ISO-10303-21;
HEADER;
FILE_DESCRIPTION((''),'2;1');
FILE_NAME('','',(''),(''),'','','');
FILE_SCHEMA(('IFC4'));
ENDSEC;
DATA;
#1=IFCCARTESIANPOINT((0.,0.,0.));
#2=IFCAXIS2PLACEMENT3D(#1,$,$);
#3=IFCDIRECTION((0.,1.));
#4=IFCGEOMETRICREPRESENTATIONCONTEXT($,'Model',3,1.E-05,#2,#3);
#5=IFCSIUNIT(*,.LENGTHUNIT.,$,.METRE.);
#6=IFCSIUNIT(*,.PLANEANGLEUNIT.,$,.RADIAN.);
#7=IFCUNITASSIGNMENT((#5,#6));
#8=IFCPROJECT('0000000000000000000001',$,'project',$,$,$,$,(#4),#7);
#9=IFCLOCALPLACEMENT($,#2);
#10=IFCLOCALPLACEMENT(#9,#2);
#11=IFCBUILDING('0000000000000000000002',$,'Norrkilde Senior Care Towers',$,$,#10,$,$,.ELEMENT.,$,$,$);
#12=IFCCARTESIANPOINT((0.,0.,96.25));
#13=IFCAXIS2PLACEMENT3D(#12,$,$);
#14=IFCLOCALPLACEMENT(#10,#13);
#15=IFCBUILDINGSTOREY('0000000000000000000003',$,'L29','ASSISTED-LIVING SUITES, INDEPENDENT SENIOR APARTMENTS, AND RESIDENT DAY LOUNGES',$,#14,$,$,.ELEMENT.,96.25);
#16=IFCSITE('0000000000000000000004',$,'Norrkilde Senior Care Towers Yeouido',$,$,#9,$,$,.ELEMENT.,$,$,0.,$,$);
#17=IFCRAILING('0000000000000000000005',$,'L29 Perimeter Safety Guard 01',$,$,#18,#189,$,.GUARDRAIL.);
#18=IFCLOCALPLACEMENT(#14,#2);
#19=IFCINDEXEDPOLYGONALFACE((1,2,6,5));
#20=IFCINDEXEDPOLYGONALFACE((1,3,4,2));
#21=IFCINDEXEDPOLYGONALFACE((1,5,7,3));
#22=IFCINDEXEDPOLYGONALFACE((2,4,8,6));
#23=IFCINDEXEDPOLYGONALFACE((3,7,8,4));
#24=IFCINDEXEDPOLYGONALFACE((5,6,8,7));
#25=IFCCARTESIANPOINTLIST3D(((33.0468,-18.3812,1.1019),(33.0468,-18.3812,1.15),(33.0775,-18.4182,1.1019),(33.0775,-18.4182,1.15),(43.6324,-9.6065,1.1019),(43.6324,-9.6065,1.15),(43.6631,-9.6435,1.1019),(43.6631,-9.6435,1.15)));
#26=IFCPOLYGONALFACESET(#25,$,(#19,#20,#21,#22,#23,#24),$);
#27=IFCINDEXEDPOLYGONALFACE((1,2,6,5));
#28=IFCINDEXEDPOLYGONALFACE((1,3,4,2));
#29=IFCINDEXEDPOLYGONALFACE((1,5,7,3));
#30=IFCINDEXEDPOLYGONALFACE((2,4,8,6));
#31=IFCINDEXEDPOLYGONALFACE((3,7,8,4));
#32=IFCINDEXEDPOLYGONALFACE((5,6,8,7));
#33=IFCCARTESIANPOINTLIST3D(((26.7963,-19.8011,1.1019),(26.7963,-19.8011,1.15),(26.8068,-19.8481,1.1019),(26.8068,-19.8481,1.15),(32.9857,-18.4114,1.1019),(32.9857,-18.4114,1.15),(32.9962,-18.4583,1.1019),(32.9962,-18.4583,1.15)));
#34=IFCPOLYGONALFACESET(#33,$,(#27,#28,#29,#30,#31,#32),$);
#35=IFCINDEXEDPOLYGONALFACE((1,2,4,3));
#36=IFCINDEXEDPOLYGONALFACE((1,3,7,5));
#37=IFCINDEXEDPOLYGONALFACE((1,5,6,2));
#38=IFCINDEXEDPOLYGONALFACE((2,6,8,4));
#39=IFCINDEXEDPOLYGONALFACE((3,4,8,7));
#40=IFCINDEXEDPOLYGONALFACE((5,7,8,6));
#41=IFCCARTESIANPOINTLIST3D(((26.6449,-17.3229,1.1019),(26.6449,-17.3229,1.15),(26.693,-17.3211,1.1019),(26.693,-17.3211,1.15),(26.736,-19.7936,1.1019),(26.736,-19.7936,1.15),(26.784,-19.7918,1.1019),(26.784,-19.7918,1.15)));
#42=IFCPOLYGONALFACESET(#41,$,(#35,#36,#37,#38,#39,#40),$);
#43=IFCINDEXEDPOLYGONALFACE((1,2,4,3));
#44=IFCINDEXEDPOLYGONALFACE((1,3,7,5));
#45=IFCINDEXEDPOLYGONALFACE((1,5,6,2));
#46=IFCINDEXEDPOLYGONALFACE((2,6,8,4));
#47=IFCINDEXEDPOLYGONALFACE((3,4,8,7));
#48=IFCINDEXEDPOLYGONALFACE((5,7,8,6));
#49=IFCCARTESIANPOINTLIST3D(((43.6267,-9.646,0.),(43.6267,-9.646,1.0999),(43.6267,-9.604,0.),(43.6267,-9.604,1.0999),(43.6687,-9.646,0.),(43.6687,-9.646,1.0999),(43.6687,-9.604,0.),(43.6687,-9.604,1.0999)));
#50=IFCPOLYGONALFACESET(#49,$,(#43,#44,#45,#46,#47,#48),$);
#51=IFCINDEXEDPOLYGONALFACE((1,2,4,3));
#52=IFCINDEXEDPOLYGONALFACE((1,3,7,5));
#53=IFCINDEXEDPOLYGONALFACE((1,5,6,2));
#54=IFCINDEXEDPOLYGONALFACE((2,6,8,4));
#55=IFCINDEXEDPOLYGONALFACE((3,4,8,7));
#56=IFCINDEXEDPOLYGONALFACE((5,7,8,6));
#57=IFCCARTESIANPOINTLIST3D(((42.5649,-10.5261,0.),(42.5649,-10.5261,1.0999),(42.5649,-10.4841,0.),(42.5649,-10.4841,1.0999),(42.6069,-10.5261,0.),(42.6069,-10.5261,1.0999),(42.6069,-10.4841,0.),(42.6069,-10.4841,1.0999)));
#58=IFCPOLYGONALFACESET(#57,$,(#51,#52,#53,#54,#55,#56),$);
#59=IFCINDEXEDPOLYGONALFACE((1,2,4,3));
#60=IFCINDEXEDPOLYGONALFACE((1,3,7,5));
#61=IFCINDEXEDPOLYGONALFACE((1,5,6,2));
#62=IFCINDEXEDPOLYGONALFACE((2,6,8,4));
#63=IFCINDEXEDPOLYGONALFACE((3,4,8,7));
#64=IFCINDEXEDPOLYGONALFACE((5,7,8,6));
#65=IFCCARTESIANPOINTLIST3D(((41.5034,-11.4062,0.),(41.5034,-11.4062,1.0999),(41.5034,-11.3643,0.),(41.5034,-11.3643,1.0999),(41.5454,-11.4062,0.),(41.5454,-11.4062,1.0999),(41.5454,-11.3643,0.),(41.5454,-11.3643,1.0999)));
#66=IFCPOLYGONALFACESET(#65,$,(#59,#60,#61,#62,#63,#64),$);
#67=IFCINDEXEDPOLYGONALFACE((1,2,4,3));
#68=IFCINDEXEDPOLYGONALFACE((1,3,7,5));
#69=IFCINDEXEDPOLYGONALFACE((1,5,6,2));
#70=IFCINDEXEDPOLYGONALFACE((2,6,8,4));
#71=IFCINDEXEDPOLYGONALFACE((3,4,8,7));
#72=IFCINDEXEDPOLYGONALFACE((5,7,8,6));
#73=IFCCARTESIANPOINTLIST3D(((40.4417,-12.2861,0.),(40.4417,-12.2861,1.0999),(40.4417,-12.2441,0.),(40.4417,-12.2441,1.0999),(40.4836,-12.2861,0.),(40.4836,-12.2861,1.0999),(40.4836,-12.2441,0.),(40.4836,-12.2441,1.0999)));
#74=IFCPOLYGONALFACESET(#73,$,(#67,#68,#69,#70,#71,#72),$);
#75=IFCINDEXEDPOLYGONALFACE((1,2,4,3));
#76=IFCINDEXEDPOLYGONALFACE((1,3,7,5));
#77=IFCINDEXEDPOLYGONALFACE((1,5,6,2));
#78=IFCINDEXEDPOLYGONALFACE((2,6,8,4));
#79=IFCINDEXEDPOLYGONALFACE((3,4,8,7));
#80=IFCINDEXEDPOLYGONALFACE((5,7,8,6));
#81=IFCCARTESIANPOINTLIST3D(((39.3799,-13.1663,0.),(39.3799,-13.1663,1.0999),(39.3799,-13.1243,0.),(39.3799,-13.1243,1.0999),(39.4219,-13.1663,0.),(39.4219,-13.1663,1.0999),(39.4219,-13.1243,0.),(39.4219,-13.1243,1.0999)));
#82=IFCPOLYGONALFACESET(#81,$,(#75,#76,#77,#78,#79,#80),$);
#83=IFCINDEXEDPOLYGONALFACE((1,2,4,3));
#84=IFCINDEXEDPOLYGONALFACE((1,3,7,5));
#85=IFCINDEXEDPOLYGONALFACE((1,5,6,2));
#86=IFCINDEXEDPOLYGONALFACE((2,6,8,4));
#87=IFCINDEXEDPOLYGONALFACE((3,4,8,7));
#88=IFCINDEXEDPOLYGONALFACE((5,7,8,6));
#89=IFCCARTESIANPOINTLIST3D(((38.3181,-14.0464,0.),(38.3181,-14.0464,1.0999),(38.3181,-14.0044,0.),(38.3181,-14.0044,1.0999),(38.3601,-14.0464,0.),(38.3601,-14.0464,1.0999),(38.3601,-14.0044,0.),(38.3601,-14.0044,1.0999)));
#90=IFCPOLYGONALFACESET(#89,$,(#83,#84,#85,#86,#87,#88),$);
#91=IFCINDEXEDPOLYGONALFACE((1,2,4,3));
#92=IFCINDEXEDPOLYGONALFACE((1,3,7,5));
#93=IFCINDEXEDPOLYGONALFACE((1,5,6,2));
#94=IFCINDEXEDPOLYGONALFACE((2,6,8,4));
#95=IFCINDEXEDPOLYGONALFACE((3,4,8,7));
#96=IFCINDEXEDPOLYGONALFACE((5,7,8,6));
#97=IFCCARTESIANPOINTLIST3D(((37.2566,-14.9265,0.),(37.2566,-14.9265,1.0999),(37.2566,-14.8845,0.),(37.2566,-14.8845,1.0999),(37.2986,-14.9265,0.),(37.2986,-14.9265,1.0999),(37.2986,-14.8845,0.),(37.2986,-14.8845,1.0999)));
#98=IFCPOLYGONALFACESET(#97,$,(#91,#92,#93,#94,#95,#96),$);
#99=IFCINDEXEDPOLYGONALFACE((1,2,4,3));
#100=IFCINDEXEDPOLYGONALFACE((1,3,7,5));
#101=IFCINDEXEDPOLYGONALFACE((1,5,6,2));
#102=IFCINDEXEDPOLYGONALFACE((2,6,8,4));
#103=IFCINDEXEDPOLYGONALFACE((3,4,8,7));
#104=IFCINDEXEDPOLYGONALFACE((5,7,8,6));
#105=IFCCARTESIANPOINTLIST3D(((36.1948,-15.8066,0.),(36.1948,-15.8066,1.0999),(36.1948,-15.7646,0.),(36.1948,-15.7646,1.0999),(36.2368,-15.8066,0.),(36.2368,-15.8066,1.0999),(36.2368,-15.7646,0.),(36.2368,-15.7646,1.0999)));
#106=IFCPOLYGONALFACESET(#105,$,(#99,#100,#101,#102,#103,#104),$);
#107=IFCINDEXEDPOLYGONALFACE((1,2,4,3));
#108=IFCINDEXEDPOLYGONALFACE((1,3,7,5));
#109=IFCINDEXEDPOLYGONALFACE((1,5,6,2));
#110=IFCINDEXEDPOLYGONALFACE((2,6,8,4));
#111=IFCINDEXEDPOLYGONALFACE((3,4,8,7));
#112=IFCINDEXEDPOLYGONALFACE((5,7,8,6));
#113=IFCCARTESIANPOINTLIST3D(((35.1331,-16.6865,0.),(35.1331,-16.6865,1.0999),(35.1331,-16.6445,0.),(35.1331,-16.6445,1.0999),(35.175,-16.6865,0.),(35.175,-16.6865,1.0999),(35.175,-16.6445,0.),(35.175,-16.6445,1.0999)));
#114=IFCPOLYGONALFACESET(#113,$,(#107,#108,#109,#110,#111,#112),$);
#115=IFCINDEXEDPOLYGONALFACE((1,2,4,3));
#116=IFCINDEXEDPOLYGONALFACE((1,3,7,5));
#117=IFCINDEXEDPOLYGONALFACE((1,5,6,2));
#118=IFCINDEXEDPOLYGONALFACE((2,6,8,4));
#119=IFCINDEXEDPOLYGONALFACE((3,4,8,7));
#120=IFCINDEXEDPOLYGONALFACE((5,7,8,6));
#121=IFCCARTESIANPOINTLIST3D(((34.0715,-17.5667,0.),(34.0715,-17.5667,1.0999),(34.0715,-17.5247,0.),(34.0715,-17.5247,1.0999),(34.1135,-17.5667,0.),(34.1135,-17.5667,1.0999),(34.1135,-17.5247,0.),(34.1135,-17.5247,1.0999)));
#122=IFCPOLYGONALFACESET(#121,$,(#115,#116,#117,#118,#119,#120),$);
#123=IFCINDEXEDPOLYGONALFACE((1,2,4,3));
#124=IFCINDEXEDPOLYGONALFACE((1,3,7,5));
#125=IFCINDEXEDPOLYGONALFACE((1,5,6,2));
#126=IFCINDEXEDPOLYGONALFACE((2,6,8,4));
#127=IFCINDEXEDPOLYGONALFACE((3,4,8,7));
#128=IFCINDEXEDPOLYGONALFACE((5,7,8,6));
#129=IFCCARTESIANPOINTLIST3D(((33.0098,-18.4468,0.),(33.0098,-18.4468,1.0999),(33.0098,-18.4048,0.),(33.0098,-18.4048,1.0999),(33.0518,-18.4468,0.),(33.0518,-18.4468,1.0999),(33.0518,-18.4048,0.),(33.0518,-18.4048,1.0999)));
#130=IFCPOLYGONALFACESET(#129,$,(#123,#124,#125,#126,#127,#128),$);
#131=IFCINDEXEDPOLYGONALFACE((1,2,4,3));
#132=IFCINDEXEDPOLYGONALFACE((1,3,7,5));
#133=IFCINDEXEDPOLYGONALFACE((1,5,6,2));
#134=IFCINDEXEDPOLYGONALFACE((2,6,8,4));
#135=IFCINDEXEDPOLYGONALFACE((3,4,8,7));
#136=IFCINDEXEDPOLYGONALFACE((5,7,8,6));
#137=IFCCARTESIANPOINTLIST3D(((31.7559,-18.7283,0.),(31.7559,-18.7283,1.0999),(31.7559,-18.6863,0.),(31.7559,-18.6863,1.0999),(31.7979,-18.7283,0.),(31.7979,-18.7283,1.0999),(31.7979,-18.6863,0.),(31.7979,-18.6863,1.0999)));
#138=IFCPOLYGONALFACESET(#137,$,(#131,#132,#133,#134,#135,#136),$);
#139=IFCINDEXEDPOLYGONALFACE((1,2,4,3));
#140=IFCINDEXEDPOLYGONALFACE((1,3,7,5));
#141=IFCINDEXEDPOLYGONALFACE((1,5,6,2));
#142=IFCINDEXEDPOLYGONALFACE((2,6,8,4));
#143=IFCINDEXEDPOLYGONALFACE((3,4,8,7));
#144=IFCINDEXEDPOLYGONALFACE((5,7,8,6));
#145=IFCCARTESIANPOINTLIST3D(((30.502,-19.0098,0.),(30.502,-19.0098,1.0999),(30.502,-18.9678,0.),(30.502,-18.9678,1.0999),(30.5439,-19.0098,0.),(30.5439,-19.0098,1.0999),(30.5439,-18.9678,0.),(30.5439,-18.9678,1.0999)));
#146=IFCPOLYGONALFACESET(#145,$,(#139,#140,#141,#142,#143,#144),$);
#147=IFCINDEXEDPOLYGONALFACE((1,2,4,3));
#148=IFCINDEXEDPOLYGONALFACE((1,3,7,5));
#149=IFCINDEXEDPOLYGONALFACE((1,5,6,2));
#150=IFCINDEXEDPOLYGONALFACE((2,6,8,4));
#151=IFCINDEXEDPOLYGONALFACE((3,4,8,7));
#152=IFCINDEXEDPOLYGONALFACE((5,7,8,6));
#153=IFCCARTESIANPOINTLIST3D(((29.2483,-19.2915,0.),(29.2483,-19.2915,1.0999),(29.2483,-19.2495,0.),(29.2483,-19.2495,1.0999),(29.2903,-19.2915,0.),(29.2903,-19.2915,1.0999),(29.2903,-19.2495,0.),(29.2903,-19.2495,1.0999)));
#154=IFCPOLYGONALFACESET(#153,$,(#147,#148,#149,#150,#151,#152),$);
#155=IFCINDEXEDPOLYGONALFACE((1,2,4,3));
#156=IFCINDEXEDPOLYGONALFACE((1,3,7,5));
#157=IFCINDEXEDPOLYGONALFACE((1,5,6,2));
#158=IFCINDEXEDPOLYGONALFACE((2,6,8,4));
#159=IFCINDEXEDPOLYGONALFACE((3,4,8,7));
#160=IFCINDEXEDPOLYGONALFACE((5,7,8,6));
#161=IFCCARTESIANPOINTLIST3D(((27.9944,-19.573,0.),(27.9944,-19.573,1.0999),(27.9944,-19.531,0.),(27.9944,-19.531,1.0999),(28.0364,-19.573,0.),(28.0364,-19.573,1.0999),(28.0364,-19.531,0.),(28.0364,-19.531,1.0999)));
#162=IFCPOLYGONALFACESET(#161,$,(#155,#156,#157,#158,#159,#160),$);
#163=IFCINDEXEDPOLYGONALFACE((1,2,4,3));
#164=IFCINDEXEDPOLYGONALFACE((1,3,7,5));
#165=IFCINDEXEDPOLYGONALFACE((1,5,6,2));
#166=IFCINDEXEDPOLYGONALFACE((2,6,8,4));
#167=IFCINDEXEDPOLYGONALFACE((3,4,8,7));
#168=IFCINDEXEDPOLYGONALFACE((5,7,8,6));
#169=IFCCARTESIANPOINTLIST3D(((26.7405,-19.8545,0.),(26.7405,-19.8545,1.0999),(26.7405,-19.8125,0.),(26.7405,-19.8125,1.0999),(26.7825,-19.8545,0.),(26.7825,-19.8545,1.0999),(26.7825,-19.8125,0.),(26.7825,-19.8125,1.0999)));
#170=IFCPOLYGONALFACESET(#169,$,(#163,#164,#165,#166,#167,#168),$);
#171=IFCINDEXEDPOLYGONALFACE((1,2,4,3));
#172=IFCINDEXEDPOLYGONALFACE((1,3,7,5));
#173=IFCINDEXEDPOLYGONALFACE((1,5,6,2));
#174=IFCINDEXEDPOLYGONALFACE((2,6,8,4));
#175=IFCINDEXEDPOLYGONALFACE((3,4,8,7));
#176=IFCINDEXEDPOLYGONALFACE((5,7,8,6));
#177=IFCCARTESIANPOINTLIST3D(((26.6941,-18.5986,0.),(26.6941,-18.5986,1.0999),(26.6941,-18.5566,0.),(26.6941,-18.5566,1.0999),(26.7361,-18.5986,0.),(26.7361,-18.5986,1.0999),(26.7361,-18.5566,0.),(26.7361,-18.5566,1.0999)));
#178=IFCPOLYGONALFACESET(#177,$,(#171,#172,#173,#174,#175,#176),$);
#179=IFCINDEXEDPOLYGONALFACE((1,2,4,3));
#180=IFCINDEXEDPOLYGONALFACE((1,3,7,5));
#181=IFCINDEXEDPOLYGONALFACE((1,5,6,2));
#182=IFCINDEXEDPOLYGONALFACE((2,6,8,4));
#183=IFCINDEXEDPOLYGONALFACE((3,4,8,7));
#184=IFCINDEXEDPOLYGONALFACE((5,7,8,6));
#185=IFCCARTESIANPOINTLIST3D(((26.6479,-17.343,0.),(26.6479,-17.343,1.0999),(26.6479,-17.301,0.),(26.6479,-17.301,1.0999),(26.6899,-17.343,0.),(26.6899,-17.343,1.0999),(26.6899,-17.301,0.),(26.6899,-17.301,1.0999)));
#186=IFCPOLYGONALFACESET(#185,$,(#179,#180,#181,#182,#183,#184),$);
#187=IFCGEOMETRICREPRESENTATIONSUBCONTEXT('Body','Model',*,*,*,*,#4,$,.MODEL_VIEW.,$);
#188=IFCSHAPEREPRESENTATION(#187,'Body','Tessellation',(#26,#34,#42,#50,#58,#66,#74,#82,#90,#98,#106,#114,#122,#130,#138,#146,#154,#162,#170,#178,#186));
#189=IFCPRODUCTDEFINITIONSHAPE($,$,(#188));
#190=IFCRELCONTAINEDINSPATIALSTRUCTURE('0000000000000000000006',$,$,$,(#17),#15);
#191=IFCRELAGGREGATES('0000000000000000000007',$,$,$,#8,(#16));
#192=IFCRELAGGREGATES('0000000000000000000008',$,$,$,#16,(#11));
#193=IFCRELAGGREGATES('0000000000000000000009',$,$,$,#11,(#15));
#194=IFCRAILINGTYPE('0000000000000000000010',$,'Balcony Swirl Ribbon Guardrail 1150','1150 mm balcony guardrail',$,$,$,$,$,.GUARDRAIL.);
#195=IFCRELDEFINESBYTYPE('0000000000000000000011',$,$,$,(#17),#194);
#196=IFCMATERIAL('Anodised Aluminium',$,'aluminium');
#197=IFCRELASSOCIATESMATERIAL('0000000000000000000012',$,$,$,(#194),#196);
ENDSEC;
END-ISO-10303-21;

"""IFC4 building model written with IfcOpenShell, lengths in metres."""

from ifc_helpers import new_model, si_unit, direction, frame, origin, origin_2d, place, context, subcontext, project, spatial, rectangle, extrude, material, type_object, element, save


model = new_model("IFC4")

# Units and contexts
model_context = context("Model", 3, precision=1e-05, world=origin(), true_north=direction((0.0, 1.0)))
body_context = subcontext(model_context, "Body", "Model", "MODEL_VIEW")
ifc_project = project(units=[si_unit("LENGTHUNIT", "METRE"), si_unit("PLANEANGLEUNIT", "RADIAN")], contexts=[model_context])

# Site, building, storey
site_placement = place(None, origin())
site = spatial("IfcSite", under=ifc_project, at=site_placement, Name="Norrkilde Senior Care Towers Yeouido", CompositionType="ELEMENT", RefElevation=0.0)
building_placement = place(site_placement, origin())
building = spatial("IfcBuilding", under=site, at=building_placement, Name="Norrkilde Senior Care Towers", CompositionType="ELEMENT")
storey_placement = place(building_placement, frame((0.0, 0.0, 96.25)))
storey = spatial("IfcBuildingStorey", under=building, at=storey_placement, Name="L29", Description="ASSISTED-LIVING SUITES, INDEPENDENT SENIOR APARTMENTS, AND RESIDENT DAY LOUNGES", CompositionType="ELEMENT", Elevation=96.25)

# Shared definitions
ifc_material_1 = material(Name="Anodised Aluminium", Category="aluminium")

# Railing
railing_type = type_object("IfcRailingType", Name="Balcony Swirl Ribbon Guardrail 1150", Description="1150 mm balcony guardrail", PredefinedType="GUARDRAIL", material=ifc_material_1)
railing_placement = place(storey_placement, frame((43.6477, -9.625, 0.0)))
element("IfcRailing", 1, at=railing_placement, inside=storey, type_object=railing_type, Name="L29 Perimeter Safety Guard 01", PredefinedType="GUARDRAIL", context=body_context, shape_type="SweptSolid", body=[
    extrude(rectangle(XDim=0.0481, YDim=0.0481, at=origin_2d()), frame((0.0, 0.0, 1.126), z_axis=(-0.769883, -0.638185, 0.0), x_axis=(0.638185, -0.769883, 0.0)), (0.0, 0.0, 1.0), 13.7495),
    extrude(rectangle(XDim=0.0481, YDim=0.0481, at=origin_2d()), frame((-10.6567, -8.8098, 1.126), z_axis=(-0.975705, -0.219086, 0.0), x_axis=(0.219086, -0.975705, 0.0)), (0.0, 0.0, 1.0), 6.3435),
    extrude(rectangle(XDim=0.0481, YDim=0.0481, at=origin_2d()), frame((-16.8877, -10.1677, 1.126), z_axis=(-0.036818, 0.999322, 0.0), x_axis=(-0.999322, -0.036818, 0.0)), (0.0, 0.0, 1.0), 2.4724),
    extrude(rectangle(XDim=0.042, YDim=0.042, at=origin_2d()), origin(), (0.0, 0.0, 1.0), 1.0999),
    extrude(rectangle(XDim=0.042, YDim=0.042, at=origin_2d()), frame((-1.0618, -0.8801, 0.0)), (0.0, 0.0, 1.0), 1.0999),
    extrude(rectangle(XDim=0.042, YDim=0.042, at=origin_2d()), frame((-2.1233, -1.7603, 0.0)), (0.0, 0.0, 1.0), 1.0999),
    extrude(rectangle(XDim=0.042, YDim=0.042, at=origin_2d()), frame((-3.1851, -2.6401, 0.0)), (0.0, 0.0, 1.0), 1.0999),
    extrude(rectangle(XDim=0.042, YDim=0.042, at=origin_2d()), frame((-4.2468, -3.5203, 0.0)), (0.0, 0.0, 1.0), 1.0999),
    extrude(rectangle(XDim=0.042, YDim=0.042, at=origin_2d()), frame((-5.3086, -4.4004, 0.0)), (0.0, 0.0, 1.0), 1.0999),
    extrude(rectangle(XDim=0.042, YDim=0.042, at=origin_2d()), frame((-6.3701, -5.2805, 0.0)), (0.0, 0.0, 1.0), 1.0999),
    extrude(rectangle(XDim=0.042, YDim=0.042, at=origin_2d()), frame((-7.4319, -6.1606, 0.0)), (0.0, 0.0, 1.0), 1.0999),
    extrude(rectangle(XDim=0.042, YDim=0.042, at=origin_2d()), frame((-8.4937, -7.0405, 0.0)), (0.0, 0.0, 1.0), 1.0999),
    extrude(rectangle(XDim=0.042, YDim=0.042, at=origin_2d()), frame((-9.5552, -7.9207, 0.0)), (0.0, 0.0, 1.0), 1.0999),
    extrude(rectangle(XDim=0.042, YDim=0.042, at=origin_2d()), frame((-10.6169, -8.8008, 0.0)), (0.0, 0.0, 1.0), 1.0999),
    extrude(rectangle(XDim=0.042, YDim=0.042, at=origin_2d()), frame((-11.8708, -9.0823, 0.0)), (0.0, 0.0, 1.0), 1.0999),
    extrude(rectangle(XDim=0.042, YDim=0.042, at=origin_2d()), frame((-13.1248, -9.3638, 0.0)), (0.0, 0.0, 1.0), 1.0999),
    extrude(rectangle(XDim=0.042, YDim=0.042, at=origin_2d()), frame((-14.3784, -9.6455, 0.0)), (0.0, 0.0, 1.0), 1.0999),
    extrude(rectangle(XDim=0.042, YDim=0.042, at=origin_2d()), frame((-15.6323, -9.927, 0.0)), (0.0, 0.0, 1.0), 1.0999),
    extrude(rectangle(XDim=0.042, YDim=0.042, at=origin_2d()), frame((-16.8862, -10.2085, 0.0)), (0.0, 0.0, 1.0), 1.0999),
    extrude(rectangle(XDim=0.042, YDim=0.042, at=origin_2d()), frame((-16.9326, -8.9526, 0.0)), (0.0, 0.0, 1.0), 1.0999),
    extrude(rectangle(XDim=0.042, YDim=0.042, at=origin_2d()), frame((-16.9788, -7.697, 0.0)), (0.0, 0.0, 1.0), 1.0999),
])

save(model, "model.ifc")
